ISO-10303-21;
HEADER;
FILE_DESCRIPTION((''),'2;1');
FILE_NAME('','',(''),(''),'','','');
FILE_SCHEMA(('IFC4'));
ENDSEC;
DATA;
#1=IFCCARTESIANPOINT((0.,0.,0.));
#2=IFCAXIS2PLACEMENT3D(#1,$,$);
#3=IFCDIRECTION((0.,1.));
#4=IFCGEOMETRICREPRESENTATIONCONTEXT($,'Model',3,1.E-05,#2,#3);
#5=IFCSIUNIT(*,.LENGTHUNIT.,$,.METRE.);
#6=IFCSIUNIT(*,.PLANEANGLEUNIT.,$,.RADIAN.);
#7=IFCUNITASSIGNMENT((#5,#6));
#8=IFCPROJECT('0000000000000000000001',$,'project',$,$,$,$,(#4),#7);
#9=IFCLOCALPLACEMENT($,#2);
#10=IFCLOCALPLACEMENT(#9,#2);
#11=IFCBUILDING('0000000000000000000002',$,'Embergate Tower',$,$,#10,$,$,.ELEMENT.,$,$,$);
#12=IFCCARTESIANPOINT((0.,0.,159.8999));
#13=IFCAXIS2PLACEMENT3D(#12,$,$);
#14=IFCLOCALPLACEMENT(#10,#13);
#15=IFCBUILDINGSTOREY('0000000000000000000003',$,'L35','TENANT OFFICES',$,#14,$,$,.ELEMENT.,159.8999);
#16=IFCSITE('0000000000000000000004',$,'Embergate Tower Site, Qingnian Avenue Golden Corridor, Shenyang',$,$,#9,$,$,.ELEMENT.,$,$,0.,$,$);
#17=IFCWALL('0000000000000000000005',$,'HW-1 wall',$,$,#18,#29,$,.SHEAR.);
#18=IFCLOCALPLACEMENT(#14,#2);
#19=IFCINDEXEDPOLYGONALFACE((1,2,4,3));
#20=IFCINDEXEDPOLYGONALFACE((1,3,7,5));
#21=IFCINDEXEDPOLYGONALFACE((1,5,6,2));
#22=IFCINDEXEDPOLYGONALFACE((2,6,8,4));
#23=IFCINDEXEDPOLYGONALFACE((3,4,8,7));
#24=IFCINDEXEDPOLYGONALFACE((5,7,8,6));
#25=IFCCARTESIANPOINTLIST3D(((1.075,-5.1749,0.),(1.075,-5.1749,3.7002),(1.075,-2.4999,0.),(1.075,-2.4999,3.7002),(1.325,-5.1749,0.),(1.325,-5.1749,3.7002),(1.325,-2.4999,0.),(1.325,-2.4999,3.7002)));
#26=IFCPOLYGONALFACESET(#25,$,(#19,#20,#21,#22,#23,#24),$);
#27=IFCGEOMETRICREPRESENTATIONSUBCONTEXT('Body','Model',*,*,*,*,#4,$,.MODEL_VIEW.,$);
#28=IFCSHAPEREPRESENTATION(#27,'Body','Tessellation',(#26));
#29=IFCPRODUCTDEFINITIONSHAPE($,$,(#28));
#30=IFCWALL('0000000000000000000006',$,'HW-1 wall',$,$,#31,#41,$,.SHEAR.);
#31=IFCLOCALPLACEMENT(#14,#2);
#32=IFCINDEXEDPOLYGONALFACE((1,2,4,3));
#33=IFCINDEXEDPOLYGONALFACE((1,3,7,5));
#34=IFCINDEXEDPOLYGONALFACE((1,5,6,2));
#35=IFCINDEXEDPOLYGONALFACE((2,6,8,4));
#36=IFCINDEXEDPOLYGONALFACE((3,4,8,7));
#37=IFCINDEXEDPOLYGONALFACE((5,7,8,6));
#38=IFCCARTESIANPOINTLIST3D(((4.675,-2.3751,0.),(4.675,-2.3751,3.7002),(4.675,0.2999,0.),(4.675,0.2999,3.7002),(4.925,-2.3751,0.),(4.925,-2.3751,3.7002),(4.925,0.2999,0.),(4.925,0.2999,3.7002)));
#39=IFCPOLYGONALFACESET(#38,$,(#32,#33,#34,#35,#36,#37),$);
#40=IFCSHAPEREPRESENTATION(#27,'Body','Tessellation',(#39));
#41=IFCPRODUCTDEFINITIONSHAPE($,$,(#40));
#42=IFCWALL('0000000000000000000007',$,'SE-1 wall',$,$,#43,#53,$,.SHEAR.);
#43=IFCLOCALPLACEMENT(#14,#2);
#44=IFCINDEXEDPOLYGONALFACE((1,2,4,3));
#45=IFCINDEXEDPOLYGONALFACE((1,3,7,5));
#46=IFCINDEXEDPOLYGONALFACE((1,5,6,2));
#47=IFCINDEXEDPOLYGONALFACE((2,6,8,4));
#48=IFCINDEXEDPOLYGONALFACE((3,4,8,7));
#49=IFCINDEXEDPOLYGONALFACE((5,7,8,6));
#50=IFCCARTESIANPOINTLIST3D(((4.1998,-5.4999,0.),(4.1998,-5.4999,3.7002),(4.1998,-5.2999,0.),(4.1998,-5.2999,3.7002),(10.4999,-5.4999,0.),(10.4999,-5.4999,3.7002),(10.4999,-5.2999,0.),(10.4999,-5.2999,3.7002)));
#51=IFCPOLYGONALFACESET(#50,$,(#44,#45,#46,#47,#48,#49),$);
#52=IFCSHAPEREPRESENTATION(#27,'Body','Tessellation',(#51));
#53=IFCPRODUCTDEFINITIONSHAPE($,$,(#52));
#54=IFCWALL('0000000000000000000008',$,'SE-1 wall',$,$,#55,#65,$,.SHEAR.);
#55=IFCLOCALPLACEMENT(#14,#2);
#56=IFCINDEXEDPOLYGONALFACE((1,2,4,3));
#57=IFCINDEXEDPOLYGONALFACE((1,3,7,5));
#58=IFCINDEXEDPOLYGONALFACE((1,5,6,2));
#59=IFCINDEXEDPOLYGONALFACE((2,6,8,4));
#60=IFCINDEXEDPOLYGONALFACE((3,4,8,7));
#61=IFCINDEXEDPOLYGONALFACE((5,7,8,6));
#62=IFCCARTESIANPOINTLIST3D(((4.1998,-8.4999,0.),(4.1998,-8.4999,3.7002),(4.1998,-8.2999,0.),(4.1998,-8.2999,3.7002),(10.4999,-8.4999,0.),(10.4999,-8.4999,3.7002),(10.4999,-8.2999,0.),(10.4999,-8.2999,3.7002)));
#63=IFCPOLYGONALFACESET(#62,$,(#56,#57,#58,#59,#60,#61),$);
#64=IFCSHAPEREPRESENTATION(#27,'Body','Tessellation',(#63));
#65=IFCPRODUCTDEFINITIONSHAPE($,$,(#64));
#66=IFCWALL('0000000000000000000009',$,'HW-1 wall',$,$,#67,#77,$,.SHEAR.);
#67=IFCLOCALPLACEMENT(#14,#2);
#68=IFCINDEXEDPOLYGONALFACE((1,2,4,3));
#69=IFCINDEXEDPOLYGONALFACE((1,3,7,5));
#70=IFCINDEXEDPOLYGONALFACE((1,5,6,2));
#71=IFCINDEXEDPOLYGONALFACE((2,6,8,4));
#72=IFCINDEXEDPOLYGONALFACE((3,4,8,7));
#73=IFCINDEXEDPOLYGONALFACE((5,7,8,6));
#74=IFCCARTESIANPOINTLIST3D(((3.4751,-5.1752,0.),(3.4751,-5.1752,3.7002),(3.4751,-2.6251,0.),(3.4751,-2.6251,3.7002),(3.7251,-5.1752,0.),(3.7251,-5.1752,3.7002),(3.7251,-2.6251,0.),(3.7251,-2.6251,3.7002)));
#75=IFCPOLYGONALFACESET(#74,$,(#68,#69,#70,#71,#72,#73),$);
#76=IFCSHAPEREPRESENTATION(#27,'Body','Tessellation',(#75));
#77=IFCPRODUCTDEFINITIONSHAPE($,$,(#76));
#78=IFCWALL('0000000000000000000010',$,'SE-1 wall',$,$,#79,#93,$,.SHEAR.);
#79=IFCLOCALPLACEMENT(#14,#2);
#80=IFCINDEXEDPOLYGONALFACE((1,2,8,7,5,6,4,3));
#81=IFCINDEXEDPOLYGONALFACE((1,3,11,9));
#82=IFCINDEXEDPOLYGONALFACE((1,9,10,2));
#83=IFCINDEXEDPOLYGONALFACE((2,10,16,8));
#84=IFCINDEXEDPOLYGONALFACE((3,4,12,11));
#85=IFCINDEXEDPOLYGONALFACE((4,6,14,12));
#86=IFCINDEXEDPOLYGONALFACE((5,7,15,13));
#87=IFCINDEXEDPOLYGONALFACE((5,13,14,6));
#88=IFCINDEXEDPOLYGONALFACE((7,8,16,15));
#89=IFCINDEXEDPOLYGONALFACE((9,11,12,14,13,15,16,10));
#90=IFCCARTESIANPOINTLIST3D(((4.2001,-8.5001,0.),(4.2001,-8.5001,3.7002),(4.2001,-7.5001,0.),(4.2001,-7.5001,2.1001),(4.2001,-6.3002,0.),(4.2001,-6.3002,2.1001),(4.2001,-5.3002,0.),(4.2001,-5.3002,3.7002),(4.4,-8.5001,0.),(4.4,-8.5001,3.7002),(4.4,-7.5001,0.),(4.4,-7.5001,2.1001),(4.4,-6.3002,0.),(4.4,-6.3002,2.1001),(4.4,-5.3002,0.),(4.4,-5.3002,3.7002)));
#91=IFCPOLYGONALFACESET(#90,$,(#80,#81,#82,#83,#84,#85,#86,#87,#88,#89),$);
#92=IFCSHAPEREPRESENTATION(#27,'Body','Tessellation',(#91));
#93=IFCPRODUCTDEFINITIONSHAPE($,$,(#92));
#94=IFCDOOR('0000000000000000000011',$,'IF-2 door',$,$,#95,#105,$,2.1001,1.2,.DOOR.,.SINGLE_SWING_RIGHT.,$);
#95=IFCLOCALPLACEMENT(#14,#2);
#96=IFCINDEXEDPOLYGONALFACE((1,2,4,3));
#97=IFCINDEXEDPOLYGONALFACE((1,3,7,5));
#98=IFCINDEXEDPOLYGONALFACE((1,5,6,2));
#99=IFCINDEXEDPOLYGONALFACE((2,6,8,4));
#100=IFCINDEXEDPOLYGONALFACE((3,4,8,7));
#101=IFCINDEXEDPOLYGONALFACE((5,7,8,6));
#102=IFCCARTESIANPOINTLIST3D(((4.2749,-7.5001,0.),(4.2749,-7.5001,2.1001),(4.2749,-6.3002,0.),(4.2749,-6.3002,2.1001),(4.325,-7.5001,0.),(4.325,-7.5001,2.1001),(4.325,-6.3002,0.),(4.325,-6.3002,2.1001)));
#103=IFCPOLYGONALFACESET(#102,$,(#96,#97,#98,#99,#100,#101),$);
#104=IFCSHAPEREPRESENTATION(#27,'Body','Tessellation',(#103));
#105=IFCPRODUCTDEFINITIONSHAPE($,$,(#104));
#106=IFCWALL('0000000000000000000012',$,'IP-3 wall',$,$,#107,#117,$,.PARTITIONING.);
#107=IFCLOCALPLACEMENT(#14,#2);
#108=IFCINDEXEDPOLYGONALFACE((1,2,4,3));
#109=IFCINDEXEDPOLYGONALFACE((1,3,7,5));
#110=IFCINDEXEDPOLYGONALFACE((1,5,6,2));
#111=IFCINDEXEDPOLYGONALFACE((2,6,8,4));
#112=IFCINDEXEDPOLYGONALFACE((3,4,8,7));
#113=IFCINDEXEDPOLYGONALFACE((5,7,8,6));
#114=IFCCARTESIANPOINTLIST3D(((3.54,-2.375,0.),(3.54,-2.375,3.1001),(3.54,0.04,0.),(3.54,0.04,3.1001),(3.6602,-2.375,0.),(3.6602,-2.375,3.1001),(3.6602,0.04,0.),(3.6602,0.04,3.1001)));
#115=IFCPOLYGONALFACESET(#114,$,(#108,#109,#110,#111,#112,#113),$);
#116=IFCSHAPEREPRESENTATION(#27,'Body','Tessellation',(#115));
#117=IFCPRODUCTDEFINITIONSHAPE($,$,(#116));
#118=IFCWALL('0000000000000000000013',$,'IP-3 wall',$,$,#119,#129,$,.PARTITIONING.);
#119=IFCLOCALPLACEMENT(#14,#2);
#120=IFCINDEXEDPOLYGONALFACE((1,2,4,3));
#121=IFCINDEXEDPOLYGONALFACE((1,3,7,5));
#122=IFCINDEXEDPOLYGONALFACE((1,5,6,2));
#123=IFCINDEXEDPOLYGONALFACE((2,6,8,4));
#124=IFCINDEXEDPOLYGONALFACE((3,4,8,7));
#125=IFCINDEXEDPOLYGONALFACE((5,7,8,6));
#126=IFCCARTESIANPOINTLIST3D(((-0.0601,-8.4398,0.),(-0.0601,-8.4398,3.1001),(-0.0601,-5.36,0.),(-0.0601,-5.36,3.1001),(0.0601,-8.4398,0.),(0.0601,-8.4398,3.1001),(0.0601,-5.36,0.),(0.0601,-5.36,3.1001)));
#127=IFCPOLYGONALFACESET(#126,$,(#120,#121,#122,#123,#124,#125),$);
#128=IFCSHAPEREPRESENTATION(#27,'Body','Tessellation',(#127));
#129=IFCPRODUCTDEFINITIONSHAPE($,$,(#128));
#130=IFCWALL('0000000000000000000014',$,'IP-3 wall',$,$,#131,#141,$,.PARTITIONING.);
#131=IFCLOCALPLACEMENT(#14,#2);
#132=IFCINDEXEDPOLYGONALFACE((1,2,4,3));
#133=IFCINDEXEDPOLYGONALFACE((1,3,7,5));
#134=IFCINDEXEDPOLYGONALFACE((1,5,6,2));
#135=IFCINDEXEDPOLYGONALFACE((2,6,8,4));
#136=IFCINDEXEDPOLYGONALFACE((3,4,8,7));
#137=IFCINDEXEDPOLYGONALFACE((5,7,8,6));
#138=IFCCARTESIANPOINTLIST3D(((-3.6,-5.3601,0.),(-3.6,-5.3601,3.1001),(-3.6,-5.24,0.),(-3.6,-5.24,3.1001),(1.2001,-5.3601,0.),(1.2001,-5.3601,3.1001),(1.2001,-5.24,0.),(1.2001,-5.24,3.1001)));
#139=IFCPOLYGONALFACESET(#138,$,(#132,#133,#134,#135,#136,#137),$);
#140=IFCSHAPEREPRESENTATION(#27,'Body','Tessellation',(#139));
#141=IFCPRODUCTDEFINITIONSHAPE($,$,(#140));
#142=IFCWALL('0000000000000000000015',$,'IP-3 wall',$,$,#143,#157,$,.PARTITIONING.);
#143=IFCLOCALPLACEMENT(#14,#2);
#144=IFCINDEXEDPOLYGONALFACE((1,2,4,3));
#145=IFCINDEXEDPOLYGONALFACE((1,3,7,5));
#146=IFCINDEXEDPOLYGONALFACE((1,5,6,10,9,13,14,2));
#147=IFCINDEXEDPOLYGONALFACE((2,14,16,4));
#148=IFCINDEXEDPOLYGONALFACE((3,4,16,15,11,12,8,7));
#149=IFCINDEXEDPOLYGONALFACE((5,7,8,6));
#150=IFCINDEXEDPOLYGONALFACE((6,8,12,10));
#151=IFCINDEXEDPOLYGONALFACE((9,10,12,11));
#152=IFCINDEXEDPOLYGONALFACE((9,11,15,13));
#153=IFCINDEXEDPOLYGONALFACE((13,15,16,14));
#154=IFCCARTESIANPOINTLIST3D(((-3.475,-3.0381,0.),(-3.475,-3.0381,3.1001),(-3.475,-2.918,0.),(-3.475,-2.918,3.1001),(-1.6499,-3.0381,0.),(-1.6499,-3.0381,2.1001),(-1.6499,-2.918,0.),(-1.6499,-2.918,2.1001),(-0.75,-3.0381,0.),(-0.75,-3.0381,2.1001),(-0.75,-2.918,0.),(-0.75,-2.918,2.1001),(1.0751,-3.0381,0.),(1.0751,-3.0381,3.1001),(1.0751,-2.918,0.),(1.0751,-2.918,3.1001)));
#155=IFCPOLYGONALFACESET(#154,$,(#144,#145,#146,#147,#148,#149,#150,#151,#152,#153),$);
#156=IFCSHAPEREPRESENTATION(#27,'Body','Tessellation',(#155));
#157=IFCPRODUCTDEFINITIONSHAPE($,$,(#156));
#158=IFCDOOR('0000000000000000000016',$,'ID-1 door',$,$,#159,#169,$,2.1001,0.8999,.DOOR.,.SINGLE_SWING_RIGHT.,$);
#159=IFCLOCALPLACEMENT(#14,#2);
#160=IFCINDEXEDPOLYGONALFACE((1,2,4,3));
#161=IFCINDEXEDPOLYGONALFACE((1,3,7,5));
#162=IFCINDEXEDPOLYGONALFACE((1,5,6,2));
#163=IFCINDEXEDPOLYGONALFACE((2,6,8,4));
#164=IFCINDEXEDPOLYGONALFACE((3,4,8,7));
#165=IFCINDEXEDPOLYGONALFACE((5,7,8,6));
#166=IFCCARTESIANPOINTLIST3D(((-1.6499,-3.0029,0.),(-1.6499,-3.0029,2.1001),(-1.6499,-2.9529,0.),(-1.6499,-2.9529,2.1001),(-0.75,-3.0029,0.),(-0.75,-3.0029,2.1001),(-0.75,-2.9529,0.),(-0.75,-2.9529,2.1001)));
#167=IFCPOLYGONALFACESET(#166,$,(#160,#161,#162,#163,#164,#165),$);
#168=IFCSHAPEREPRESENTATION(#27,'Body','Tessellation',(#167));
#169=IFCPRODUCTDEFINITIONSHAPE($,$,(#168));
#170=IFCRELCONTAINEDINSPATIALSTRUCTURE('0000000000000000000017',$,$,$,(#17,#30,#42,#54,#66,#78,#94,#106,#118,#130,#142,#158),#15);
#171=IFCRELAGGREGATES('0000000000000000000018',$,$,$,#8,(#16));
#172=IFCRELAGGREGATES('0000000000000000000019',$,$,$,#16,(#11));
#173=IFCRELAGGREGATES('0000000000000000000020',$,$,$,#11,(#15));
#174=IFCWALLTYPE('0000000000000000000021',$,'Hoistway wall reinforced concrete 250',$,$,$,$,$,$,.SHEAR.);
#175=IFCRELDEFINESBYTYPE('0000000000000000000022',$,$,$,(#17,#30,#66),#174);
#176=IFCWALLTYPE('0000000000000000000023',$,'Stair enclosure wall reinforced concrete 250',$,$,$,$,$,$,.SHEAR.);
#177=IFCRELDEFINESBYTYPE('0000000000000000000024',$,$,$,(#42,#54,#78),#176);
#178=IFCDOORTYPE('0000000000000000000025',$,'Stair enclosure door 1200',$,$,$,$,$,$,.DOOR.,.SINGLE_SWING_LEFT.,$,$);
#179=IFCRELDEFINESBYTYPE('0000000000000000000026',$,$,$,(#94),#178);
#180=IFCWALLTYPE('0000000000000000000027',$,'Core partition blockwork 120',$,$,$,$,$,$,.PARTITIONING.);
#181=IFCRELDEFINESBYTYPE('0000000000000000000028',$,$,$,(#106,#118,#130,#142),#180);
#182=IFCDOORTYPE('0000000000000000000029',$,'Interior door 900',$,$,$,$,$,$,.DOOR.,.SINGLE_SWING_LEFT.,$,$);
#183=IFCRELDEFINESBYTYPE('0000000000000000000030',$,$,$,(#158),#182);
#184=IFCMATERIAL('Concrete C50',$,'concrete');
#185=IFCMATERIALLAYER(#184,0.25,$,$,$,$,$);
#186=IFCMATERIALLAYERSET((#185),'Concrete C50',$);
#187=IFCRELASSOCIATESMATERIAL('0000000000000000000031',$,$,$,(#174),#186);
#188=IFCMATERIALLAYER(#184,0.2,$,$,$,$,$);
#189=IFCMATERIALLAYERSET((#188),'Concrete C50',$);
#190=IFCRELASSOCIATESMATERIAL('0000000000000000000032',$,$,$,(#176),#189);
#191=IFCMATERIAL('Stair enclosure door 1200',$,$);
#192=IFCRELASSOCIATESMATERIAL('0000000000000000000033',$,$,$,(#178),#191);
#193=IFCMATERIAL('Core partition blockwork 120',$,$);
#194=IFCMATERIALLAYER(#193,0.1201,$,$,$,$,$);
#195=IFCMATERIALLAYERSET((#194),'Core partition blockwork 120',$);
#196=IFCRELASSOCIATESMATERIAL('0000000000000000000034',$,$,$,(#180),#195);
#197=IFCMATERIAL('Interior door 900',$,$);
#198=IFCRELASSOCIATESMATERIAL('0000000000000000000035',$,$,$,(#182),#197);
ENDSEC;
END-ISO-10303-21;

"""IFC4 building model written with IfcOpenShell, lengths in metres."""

from ifc_helpers import new_model, si_unit, direction, frame, frame_2d, origin, place, context, subcontext, project, spatial, rectangle, extrude, source, transform, mapped, material, layer, layer_set, type_object, element, fill, save


model = new_model("IFC4")

# Units and contexts
model_context = context("Model", 3, precision=1e-05, world=origin(), true_north=direction((0.0, 1.0)))
body_context = subcontext(model_context, "Body", "Model", "MODEL_VIEW")
ifc_project = project(units=[si_unit("LENGTHUNIT", "METRE"), si_unit("PLANEANGLEUNIT", "RADIAN")], contexts=[model_context])

# Site, building, storey
site_placement = place(None, origin())
site = spatial("IfcSite", under=ifc_project, at=site_placement, Name="Embergate Tower Site, Qingnian Avenue Golden Corridor, Shenyang", CompositionType="ELEMENT", RefElevation=0.0)
building_placement = place(site_placement, origin())
building = spatial("IfcBuilding", under=site, at=building_placement, Name="Embergate Tower", CompositionType="ELEMENT")
storey_placement = place(building_placement, frame((0.0, 0.0, 159.8999)))
storey = spatial("IfcBuildingStorey", under=building, at=storey_placement, Name="L35", Description="TENANT OFFICES", CompositionType="ELEMENT", Elevation=159.8999)

# Walls
ifc_material_1 = material(Name="Concrete C50", Category="concrete")
ifc_layer_1 = layer(ifc_material_1, 0.25)
ifc_layer_set_1 = layer_set([ifc_layer_1], Name="Concrete C50")
wall_type_1 = type_object("IfcWallType", Name="Hoistway wall reinforced concrete 250", PredefinedType="SHEAR", material=ifc_layer_set_1)
shared_shape_1 = source(origin(), body_context, "Body", "SweptSolid", [
    extrude(rectangle(XDim=2.675, YDim=0.25, at=frame_2d((1.3374, 0.0))), origin(), (0.0, 0.0, 1.0), 3.7002),
])
for number, where, z_axis, x_axis, name in (
    (1, (1.2, -2.5, 0.0), (0.0, 0.0, 1.0), (0.0, -1.0, 0.0), "HW-1 wall"),
    (2, (4.8, -2.375, 0.0), (0.0, 0.0, 1.0), (0.0, 1.0, 0.0), "HW-1 wall"),
):
    element("IfcWall", number, at=place(storey_placement, frame(where, z_axis=z_axis, x_axis=x_axis)), inside=storey, type_object=wall_type_1, Name=name, PredefinedType="SHEAR", context=body_context, shape_type="MappedRepresentation", body=[
        mapped(shared_shape_1, transform((0.0, 0.0, 0.0))),
    ])
ifc_layer_2 = layer(ifc_material_1, 0.2)
ifc_layer_set_2 = layer_set([ifc_layer_2], Name="Concrete C50")
wall_type_2 = type_object("IfcWallType", Name="Stair enclosure wall reinforced concrete 250", PredefinedType="SHEAR", material=ifc_layer_set_2)
shared_shape_2 = source(origin(), body_context, "Body", "SweptSolid", [
    extrude(rectangle(XDim=6.3, YDim=0.2, at=frame_2d((3.1499, 0.0))), origin(), (0.0, 0.0, 1.0), 3.7002),
])
for number, where, z_axis, x_axis, name in (
    (3, (4.2, -5.3999, 0.0), (0.0, 0.0, 1.0), (1.0, 0.0, 0.0), "SE-1 wall"),
    (4, (4.2, -8.3999, 0.0), (0.0, 0.0, 1.0), (1.0, 0.0, 0.0), "SE-1 wall"),
):
    element("IfcWall", number, at=place(storey_placement, frame(where, z_axis=z_axis, x_axis=x_axis)), inside=storey, type_object=wall_type_2, Name=name, PredefinedType="SHEAR", context=body_context, shape_type="MappedRepresentation", body=[
        mapped(shared_shape_2, transform((0.0, 0.0, 0.0))),
    ])
shared_shape_3 = source(origin(), body_context, "Body", "SweptSolid", [
    extrude(rectangle(XDim=2.55, YDim=0.25, at=frame_2d((1.2749, 0.0))), origin(), (0.0, 0.0, 1.0), 3.7002),
])
wall_1_placement = place(storey_placement, frame((3.6001, -5.175, 0.0), z_axis=(0.0, 0.0, 1.0), x_axis=(0.0, 1.0, 0.0)))
element("IfcWall", 5, at=wall_1_placement, inside=storey, type_object=wall_type_1, Name="HW-1 wall", PredefinedType="SHEAR", context=body_context, shape_type="MappedRepresentation", body=[
    mapped(shared_shape_3, transform((0.0, 0.0, 0.0))),
])

# Wall, opening, door
shared_shape_4 = source(origin(), body_context, "Body", "SweptSolid", [
    extrude(rectangle(XDim=3.2, YDim=0.2, at=frame_2d((1.6001, 0.0))), origin(), (0.0, 0.0, 1.0), 3.7002),
])
wall_2_placement = place(storey_placement, frame((4.3, -5.3, 0.0), z_axis=(0.0, 0.0, 1.0), x_axis=(0.0, -1.0, 0.0)))
wall_2 = element("IfcWall", 6, at=wall_2_placement, inside=storey, type_object=wall_type_2, Name="SE-1 wall", PredefinedType="SHEAR", context=body_context, shape_type="MappedRepresentation", body=[
    mapped(shared_shape_4, transform((0.0, 0.0, 0.0))),
])
shared_shape_5 = source(origin(), body_context, "Body", "SweptSolid", [
    extrude(rectangle(XDim=1.2, YDim=2.1001, at=frame_2d((0.6001, 1.05))), frame((0.0, 0.1099, 0.0), z_axis=(0.0, -1.0, 0.0), x_axis=(1.0, 0.0, 0.0)), (0.0, 0.0, 1.0), 0.22),
])
opening_1_placement = place(wall_2_placement, frame((1.0, 0.0, 0.0)))
opening_1 = element("IfcOpeningElement", 7, at=opening_1_placement, cuts=wall_2, PredefinedType="OPENING", context=body_context, shape_type="MappedRepresentation", body=[
    mapped(shared_shape_5, transform((0.0, 0.0, 0.0))),
])
ifc_material_2 = material(Name="Stair enclosure door 1200")
door_type_1 = type_object("IfcDoorType", Name="Stair enclosure door 1200", OperationType="SINGLE_SWING_LEFT", PredefinedType="DOOR", material=ifc_material_2)
shared_shape_6 = source(origin(), body_context, "Body", "SweptSolid", [
    extrude(rectangle(XDim=1.2, YDim=2.1001, at=frame_2d((0.6001, 1.05))), frame((0.0, 0.0249, 0.0), z_axis=(0.0, -1.0, 0.0), x_axis=(1.0, 0.0, 0.0)), (0.0, 0.0, 1.0), 0.05),
])
door_1_placement = place(opening_1_placement, origin())
door_1 = element("IfcDoor", 8, at=door_1_placement, inside=storey, type_object=door_type_1, Name="IF-2 door", OperationType="SINGLE_SWING_RIGHT", OverallHeight=2.1001, OverallWidth=1.2, PredefinedType="DOOR", context=body_context, shape_type="MappedRepresentation", body=[
    mapped(shared_shape_6, transform((0.0, 0.0, 0.0))),
])
fill(opening_1, door_1)

# Walls
ifc_material_3 = material(Name="Core partition blockwork 120")
ifc_layer_3 = layer(ifc_material_3, 0.1201)
ifc_layer_set_3 = layer_set([ifc_layer_3], Name="Core partition blockwork 120")
wall_type_3 = type_object("IfcWallType", Name="Core partition blockwork 120", PredefinedType="PARTITIONING", material=ifc_layer_set_3)
shared_shape_7 = source(origin(), body_context, "Body", "SweptSolid", [
    extrude(rectangle(XDim=2.415, YDim=0.1201, at=frame_2d((1.2075, 0.0))), origin(), (0.0, 0.0, 1.0), 3.1001),
])
wall_3_placement = place(storey_placement, frame((3.6001, -2.375, 0.0), z_axis=(0.0, 0.0, 1.0), x_axis=(0.0, 1.0, 0.0)))
element("IfcWall", 9, at=wall_3_placement, inside=storey, type_object=wall_type_3, Name="IP-3 wall", PredefinedType="PARTITIONING", context=body_context, shape_type="MappedRepresentation", body=[
    mapped(shared_shape_7, transform((0.0, 0.0, 0.0))),
])
shared_shape_8 = source(origin(), body_context, "Body", "SweptSolid", [
    extrude(rectangle(XDim=3.0798, YDim=0.1201, at=frame_2d((1.54, 0.0))), origin(), (0.0, 0.0, 1.0), 3.1001),
])
wall_4_placement = place(storey_placement, frame((0.0, -8.4399, 0.0), z_axis=(0.0, 0.0, 1.0), x_axis=(0.0, 1.0, 0.0)))
element("IfcWall", 10, at=wall_4_placement, inside=storey, type_object=wall_type_3, Name="IP-3 wall", PredefinedType="PARTITIONING", context=body_context, shape_type="MappedRepresentation", body=[
    mapped(shared_shape_8, transform((0.0, 0.0, 0.0))),
])
shared_shape_9 = source(origin(), body_context, "Body", "SweptSolid", [
    extrude(rectangle(XDim=4.8, YDim=0.1201, at=frame_2d((2.3999, 0.0))), origin(), (0.0, 0.0, 1.0), 3.1001),
])
wall_5_placement = place(storey_placement, frame((1.2, -5.3, 0.0), z_axis=(0.0, 0.0, 1.0), x_axis=(-1.0, 0.0, 0.0)))
element("IfcWall", 11, at=wall_5_placement, inside=storey, type_object=wall_type_3, Name="IP-3 wall", PredefinedType="PARTITIONING", context=body_context, shape_type="MappedRepresentation", body=[
    mapped(shared_shape_9, transform((0.0, 0.0, 0.0))),
])

# Wall, opening, door
shared_shape_10 = source(origin(), body_context, "Body", "SweptSolid", [
    extrude(rectangle(XDim=4.55, YDim=0.1201, at=frame_2d((2.2749, 0.0))), origin(), (0.0, 0.0, 1.0), 3.1001),
])
wall_6_placement = place(storey_placement, frame((1.075, -2.978, 0.0), z_axis=(0.0, 0.0, 1.0), x_axis=(-1.0, 0.0, 0.0)))
wall_6 = element("IfcWall", 12, at=wall_6_placement, inside=storey, type_object=wall_type_3, Name="IP-3 wall", PredefinedType="PARTITIONING", context=body_context, shape_type="MappedRepresentation", body=[
    mapped(shared_shape_10, transform((0.0, 0.0, 0.0))),
])
shared_shape_11 = source(origin(), body_context, "Body", "SweptSolid", [
    extrude(rectangle(XDim=0.8999, YDim=2.1001, at=frame_2d((0.45, 1.05))), frame((0.0, 0.0701, 0.0), z_axis=(0.0, -1.0, 0.0), x_axis=(1.0, 0.0, 0.0)), (0.0, 0.0, 1.0), 0.1401),
])
opening_2_placement = place(wall_6_placement, frame((1.825, 0.0, 0.0)))
opening_2 = element("IfcOpeningElement", 13, at=opening_2_placement, cuts=wall_6, PredefinedType="OPENING", context=body_context, shape_type="MappedRepresentation", body=[
    mapped(shared_shape_11, transform((0.0, 0.0, 0.0))),
])
ifc_material_4 = material(Name="Interior door 900")
door_type_2 = type_object("IfcDoorType", Name="Interior door 900", OperationType="SINGLE_SWING_LEFT", PredefinedType="DOOR", material=ifc_material_4)
shared_shape_12 = source(origin(), body_context, "Body", "SweptSolid", [
    extrude(rectangle(XDim=0.8999, YDim=2.1001, at=frame_2d((0.45, 1.05))), frame((0.0, 0.0249, 0.0), z_axis=(0.0, -1.0, 0.0), x_axis=(1.0, 0.0, 0.0)), (0.0, 0.0, 1.0), 0.05),
])
door_2_placement = place(opening_2_placement, origin())
door_2 = element("IfcDoor", 14, at=door_2_placement, inside=storey, type_object=door_type_2, Name="ID-1 door", OperationType="SINGLE_SWING_RIGHT", OverallHeight=2.1001, OverallWidth=0.8999, PredefinedType="DOOR", context=body_context, shape_type="MappedRepresentation", body=[
    mapped(shared_shape_12, transform((0.0, 0.0, 0.0))),
])
fill(opening_2, door_2)

save(model, "model.ifc")
